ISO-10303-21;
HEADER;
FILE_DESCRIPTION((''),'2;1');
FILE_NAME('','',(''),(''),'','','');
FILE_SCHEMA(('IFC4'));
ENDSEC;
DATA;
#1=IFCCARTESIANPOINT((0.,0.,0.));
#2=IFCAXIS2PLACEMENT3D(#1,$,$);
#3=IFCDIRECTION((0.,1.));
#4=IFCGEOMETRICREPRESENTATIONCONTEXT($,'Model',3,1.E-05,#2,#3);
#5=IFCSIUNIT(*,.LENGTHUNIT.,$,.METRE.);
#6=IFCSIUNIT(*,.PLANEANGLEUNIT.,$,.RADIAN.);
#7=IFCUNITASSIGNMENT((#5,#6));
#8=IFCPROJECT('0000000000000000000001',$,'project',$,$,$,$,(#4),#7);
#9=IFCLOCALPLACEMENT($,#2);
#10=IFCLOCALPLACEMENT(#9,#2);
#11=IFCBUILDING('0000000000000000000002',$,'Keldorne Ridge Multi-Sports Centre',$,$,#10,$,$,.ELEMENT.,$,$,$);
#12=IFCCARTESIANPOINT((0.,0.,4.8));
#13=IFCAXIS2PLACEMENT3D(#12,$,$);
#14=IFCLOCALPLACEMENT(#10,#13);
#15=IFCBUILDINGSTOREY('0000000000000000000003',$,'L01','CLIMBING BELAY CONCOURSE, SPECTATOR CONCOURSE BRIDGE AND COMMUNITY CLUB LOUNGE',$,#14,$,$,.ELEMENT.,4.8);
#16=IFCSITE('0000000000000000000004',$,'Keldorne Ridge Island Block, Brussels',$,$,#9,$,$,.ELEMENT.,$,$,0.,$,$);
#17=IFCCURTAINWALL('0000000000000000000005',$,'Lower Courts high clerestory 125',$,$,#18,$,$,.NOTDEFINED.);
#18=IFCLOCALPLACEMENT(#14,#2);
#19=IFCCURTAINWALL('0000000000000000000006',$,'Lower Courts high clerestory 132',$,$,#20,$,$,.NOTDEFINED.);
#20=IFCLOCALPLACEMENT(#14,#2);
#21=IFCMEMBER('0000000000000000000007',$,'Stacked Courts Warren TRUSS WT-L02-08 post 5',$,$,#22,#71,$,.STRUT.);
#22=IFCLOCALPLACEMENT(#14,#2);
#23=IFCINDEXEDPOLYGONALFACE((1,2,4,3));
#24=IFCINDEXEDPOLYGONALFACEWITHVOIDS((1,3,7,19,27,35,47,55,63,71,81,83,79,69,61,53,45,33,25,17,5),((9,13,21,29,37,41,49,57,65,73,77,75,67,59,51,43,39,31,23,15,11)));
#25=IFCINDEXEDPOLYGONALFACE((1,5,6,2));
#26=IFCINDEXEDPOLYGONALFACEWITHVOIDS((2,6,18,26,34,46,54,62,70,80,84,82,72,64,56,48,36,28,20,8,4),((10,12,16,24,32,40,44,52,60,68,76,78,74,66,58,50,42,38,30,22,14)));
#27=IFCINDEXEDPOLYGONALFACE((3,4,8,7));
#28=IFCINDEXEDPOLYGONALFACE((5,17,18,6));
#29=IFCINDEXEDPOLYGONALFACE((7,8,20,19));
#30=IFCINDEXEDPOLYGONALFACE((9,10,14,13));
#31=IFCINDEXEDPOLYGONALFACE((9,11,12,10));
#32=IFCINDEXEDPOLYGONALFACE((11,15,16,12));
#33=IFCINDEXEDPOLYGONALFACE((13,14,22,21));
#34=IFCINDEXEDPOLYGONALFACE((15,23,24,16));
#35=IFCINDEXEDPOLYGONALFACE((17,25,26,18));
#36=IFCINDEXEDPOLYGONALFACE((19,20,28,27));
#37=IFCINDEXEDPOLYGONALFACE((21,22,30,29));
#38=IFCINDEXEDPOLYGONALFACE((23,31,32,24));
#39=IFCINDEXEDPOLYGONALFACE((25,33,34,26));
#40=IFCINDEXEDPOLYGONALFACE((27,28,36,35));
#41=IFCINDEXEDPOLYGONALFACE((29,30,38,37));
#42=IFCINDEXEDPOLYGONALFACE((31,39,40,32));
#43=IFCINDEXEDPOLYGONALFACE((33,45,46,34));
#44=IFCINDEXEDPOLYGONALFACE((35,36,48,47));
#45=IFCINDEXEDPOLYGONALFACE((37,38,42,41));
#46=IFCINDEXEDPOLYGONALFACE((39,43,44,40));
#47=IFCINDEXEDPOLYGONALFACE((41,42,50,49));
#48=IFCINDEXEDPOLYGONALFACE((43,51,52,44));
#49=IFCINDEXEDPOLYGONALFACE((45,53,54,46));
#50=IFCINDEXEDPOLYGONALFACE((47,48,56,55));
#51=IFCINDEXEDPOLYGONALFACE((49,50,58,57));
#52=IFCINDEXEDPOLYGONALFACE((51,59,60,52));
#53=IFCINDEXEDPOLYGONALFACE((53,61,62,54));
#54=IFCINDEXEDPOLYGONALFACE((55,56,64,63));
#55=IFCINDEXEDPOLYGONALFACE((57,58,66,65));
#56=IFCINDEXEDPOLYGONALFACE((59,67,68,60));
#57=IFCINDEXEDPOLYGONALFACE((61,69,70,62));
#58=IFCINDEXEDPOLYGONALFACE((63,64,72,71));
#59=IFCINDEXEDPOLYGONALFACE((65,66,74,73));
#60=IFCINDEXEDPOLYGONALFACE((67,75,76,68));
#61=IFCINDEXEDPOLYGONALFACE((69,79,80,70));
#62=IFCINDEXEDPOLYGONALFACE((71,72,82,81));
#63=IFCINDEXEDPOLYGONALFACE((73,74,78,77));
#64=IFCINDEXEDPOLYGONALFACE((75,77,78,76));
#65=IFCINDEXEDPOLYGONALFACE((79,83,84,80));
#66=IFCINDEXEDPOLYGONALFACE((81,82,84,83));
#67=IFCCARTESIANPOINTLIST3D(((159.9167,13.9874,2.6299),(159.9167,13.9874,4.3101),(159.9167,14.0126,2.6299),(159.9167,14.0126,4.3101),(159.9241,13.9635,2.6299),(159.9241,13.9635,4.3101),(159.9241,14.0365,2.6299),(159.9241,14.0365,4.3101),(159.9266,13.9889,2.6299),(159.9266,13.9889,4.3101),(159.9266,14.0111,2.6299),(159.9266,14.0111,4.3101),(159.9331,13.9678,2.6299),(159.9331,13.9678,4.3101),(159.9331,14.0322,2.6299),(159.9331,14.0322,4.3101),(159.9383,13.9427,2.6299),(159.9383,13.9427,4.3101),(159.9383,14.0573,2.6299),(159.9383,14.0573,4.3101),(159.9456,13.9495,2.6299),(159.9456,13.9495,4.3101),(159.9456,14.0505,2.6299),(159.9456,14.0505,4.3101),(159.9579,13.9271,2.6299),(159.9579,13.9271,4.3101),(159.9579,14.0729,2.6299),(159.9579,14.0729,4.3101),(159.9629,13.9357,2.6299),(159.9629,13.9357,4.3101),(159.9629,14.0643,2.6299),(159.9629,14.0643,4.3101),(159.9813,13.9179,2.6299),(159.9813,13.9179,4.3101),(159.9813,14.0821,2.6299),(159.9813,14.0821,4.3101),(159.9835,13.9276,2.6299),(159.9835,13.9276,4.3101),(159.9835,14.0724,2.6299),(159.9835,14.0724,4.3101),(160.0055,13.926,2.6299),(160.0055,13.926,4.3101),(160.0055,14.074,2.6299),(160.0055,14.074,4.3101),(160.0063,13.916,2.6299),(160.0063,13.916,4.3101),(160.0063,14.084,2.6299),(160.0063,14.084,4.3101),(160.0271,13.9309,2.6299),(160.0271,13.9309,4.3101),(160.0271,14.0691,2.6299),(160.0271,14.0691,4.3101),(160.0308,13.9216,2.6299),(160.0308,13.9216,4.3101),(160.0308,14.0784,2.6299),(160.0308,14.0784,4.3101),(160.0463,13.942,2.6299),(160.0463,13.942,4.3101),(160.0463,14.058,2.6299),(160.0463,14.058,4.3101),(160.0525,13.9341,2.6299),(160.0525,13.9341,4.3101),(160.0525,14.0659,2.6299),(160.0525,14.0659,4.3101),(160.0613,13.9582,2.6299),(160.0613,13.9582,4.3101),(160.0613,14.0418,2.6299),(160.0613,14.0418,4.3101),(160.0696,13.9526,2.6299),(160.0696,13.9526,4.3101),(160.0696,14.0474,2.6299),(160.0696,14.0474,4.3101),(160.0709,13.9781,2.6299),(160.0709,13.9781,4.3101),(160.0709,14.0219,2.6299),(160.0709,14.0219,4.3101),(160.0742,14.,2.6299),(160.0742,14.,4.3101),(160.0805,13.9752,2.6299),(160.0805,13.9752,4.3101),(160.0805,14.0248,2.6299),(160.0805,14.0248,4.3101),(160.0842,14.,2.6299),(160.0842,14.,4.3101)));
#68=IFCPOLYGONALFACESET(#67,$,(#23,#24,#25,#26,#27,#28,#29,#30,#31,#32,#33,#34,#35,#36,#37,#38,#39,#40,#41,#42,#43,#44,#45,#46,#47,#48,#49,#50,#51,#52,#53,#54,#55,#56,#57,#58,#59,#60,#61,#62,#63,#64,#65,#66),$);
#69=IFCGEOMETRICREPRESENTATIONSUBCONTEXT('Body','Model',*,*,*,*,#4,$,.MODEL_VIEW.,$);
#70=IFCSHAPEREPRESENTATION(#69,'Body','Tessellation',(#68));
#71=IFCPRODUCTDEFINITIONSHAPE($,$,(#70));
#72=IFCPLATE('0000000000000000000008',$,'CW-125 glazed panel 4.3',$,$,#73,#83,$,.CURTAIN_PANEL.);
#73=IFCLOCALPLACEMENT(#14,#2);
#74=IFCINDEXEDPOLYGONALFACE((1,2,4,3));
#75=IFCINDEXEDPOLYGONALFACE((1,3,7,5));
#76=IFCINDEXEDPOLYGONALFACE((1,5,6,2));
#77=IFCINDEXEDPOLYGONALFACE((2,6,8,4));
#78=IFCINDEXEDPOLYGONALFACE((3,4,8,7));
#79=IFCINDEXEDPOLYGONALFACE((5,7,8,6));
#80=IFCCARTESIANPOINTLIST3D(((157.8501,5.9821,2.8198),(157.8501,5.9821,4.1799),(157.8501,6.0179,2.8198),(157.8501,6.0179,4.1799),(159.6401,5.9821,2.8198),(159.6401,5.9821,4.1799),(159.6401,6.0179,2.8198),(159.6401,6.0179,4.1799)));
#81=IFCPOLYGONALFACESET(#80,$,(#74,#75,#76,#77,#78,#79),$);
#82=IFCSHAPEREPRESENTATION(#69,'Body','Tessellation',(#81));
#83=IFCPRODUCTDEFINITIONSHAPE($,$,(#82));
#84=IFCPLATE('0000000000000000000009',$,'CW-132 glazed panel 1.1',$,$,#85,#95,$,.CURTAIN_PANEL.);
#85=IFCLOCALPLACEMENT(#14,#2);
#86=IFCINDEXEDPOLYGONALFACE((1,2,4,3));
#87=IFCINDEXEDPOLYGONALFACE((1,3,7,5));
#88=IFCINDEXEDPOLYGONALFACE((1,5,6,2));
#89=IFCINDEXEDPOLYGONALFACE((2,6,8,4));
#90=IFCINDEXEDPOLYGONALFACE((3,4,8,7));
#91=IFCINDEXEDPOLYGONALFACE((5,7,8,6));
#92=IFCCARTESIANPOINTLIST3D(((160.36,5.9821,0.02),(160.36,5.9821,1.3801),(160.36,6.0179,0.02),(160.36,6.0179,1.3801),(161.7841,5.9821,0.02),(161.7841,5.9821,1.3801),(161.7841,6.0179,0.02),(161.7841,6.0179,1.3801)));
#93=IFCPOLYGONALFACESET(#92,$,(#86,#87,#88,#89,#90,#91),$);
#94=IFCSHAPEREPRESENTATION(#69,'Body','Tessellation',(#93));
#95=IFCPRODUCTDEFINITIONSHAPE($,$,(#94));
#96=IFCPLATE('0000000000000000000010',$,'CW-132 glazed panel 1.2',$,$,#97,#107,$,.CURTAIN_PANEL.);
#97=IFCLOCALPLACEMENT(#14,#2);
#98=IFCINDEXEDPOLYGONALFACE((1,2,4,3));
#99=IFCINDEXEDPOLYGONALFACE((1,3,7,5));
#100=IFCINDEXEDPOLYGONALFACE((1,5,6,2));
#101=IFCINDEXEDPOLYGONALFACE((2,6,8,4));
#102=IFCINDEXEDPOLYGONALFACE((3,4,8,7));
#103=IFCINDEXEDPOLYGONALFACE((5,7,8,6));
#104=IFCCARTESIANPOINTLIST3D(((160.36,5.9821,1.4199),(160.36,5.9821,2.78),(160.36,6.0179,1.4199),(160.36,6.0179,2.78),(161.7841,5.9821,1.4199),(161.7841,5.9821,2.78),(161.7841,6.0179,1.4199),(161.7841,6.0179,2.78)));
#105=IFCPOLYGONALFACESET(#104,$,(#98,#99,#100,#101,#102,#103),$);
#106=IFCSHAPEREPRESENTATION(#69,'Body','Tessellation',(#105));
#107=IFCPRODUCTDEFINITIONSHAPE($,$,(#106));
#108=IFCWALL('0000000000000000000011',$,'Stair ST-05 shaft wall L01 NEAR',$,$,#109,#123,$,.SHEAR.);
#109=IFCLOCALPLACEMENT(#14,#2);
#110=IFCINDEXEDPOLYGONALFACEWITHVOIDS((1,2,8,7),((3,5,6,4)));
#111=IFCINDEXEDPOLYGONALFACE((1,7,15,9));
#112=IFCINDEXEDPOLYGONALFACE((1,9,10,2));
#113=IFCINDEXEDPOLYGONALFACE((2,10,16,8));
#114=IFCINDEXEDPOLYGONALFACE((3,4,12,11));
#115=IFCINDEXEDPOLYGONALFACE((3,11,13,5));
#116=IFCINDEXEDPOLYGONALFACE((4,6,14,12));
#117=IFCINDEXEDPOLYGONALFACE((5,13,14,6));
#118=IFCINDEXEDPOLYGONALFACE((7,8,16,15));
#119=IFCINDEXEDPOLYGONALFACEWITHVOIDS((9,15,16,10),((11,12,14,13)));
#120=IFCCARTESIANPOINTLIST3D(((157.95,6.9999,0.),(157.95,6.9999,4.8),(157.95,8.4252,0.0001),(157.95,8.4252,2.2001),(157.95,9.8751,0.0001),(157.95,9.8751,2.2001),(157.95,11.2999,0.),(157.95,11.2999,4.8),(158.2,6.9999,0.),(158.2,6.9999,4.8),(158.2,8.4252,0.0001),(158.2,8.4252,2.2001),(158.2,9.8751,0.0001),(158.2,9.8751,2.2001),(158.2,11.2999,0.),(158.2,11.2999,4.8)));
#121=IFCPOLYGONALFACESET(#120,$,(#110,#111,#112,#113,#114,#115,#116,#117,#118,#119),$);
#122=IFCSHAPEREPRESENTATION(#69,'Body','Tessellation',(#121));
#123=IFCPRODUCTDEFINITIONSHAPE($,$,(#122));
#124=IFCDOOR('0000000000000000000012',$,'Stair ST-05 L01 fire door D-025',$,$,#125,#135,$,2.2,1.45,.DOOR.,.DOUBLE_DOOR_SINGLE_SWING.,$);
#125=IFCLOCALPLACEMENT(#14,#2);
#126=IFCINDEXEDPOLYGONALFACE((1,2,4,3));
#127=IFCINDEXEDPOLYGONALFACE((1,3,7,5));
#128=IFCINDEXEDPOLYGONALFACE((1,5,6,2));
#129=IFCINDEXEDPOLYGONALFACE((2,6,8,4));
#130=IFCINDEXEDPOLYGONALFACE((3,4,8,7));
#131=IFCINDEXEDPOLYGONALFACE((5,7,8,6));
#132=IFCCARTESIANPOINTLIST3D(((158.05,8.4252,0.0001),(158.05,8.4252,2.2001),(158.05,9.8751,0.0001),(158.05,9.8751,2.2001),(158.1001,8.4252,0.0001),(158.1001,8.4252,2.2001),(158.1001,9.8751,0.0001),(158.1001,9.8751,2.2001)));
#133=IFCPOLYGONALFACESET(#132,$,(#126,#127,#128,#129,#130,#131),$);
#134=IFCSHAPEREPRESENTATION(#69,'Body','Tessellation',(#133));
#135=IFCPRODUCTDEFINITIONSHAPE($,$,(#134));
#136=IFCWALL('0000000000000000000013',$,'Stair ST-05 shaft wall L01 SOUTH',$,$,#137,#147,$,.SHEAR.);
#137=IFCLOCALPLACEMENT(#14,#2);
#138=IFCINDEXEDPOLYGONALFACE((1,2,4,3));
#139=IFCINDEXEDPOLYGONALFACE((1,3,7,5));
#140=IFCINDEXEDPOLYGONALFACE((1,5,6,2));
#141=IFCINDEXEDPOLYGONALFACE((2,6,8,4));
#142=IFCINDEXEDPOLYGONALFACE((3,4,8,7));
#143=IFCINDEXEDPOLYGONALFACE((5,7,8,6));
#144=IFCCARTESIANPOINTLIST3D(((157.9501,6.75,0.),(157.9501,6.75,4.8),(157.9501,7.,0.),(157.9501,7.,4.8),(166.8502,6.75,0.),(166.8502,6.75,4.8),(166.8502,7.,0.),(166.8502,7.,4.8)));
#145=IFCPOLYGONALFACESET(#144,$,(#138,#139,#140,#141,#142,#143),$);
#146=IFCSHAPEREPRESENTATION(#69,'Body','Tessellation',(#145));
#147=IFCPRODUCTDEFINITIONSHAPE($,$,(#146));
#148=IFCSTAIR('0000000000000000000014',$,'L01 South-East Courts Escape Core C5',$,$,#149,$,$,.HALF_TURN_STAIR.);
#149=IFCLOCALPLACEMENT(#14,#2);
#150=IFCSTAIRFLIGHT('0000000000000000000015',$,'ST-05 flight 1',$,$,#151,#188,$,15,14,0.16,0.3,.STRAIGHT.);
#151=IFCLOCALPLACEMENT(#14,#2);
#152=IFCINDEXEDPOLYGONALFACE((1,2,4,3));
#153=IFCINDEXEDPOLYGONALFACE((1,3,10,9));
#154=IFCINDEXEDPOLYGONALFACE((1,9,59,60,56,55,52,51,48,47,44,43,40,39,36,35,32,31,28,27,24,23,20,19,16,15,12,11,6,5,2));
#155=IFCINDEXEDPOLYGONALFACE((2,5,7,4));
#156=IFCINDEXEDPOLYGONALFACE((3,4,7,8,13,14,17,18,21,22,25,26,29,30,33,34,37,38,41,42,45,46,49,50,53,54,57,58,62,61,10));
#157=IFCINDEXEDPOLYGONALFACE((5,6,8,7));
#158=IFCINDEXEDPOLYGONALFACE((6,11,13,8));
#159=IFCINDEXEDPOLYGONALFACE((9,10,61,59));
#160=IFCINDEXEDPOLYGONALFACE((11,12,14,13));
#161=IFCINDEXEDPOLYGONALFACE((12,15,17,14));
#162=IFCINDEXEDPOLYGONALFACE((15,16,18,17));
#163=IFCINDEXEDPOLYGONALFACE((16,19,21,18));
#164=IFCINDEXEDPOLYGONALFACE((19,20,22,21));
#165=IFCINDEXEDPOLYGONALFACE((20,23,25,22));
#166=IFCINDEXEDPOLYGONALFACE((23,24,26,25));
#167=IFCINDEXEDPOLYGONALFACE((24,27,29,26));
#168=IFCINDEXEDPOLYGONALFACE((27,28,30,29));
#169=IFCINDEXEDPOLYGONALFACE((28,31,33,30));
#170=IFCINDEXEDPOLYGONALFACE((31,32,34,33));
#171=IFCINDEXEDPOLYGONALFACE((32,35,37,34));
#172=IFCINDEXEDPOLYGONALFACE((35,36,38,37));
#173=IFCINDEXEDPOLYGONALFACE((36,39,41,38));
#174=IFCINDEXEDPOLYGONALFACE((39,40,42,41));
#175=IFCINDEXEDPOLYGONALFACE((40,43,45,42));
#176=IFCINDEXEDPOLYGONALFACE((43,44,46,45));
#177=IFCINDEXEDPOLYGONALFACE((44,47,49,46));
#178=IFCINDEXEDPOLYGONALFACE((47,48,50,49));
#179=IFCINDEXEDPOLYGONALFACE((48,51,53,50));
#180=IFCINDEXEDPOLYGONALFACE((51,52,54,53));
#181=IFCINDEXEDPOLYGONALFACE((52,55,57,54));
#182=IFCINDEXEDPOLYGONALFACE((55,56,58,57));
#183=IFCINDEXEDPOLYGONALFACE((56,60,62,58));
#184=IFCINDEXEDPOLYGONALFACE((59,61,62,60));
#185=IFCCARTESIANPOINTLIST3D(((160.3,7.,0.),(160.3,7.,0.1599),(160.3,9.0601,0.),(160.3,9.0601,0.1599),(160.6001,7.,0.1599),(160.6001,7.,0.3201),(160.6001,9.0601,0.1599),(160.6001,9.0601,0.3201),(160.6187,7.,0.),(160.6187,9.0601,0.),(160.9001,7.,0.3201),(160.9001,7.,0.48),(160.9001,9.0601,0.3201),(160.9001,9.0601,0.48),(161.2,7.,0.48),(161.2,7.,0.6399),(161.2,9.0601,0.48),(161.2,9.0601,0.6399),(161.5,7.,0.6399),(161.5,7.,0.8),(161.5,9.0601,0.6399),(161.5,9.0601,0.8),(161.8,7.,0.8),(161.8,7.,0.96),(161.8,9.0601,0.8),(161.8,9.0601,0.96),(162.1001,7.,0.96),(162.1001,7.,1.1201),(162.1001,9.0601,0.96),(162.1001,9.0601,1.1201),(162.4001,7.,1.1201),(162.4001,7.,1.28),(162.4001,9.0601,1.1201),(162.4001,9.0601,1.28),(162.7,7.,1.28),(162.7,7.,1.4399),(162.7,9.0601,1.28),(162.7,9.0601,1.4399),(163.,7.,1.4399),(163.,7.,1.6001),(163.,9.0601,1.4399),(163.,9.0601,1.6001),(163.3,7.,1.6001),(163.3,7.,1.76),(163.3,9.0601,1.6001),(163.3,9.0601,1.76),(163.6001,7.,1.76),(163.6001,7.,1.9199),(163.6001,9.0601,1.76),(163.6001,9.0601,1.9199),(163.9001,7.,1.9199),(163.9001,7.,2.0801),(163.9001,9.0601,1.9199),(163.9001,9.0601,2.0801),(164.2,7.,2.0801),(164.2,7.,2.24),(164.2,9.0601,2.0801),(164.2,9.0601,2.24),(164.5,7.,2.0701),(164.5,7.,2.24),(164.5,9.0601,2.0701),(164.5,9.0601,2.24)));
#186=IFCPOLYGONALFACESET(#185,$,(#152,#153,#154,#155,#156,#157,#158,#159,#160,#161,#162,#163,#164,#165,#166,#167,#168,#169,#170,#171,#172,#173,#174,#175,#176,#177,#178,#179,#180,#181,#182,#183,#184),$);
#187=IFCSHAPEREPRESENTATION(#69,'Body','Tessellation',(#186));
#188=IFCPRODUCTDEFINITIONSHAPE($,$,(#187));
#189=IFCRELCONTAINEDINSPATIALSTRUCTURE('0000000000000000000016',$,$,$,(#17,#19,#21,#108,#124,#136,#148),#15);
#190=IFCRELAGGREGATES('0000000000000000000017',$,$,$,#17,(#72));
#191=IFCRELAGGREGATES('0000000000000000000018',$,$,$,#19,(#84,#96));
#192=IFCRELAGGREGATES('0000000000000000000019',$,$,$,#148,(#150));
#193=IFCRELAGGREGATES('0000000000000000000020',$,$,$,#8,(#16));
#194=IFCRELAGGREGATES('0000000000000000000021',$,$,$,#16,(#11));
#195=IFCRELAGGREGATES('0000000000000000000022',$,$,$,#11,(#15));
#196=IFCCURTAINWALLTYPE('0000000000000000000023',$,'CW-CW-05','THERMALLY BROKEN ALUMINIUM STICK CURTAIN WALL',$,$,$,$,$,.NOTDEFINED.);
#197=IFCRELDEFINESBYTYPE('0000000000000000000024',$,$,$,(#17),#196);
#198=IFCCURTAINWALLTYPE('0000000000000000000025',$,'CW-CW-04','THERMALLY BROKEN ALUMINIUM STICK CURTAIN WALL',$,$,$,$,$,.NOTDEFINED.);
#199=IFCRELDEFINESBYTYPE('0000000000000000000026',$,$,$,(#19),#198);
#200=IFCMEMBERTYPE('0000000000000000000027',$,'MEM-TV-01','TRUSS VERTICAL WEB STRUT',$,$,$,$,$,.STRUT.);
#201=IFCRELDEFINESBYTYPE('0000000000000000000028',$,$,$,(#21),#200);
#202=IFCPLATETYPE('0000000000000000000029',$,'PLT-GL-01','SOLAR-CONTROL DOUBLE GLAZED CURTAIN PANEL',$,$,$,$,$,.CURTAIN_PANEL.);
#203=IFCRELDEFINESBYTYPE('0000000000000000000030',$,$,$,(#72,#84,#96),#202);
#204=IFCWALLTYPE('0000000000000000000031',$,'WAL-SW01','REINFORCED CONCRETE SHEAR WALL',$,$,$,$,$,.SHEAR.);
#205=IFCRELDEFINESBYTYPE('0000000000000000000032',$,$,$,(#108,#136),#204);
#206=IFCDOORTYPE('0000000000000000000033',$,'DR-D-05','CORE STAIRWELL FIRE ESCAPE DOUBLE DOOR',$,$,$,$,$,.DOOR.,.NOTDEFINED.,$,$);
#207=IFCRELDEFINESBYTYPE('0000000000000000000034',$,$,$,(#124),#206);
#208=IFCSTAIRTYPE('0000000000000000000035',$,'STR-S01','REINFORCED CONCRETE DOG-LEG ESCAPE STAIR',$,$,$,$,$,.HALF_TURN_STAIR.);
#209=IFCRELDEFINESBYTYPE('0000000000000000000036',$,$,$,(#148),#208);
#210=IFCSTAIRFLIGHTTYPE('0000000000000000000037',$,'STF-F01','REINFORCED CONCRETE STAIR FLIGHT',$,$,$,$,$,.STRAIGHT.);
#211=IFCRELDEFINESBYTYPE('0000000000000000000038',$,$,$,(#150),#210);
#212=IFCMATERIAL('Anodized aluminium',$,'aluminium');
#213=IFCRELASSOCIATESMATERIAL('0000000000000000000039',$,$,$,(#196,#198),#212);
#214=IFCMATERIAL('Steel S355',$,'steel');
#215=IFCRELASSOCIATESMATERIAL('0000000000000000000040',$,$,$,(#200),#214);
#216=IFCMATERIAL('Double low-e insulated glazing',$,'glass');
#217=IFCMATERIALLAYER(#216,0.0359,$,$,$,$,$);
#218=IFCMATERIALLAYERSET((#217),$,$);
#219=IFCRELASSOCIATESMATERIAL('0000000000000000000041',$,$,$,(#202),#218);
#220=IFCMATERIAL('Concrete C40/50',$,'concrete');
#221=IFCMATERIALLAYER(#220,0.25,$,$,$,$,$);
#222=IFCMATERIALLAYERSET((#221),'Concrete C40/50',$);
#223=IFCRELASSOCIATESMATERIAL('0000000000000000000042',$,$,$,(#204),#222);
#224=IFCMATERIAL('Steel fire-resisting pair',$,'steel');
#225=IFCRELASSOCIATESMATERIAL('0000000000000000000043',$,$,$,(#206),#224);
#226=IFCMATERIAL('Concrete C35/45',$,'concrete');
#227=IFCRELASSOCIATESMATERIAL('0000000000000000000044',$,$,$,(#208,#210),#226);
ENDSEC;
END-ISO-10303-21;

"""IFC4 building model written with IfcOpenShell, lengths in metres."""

from ifc_helpers import new_model, si_unit, direction, frame, frame_2d, origin, origin_2d, place, context, subcontext, project, spatial, polyline, rectangle, hollow_circle, outline, extrude, material, layer, layer_set, material_profile, profile_set, type_object, element, fill, aggregate, save


model = new_model("IFC4")

# Units and contexts
model_context = context("Model", 3, precision=1e-05, world=origin(), true_north=direction((0.0, 1.0)))
body_context = subcontext(model_context, "Body", "Model", "MODEL_VIEW")
ifc_project = project(units=[si_unit("LENGTHUNIT", "METRE"), si_unit("PLANEANGLEUNIT", "RADIAN")], contexts=[model_context])

# Site, building, storey
site_placement = place(None, origin())
site = spatial("IfcSite", under=ifc_project, at=site_placement, Name="Keldorne Ridge Island Block, Brussels", CompositionType="ELEMENT", RefElevation=0.0)
building_placement = place(site_placement, origin())
building = spatial("IfcBuilding", under=site, at=building_placement, Name="Keldorne Ridge Multi-Sports Centre", CompositionType="ELEMENT")
storey_placement = place(building_placement, frame((0.0, 0.0, 4.8)))
storey = spatial("IfcBuildingStorey", under=building, at=storey_placement, Name="L01", Description="CLIMBING BELAY CONCOURSE, SPECTATOR CONCOURSE BRIDGE AND COMMUNITY CLUB LOUNGE", CompositionType="ELEMENT", Elevation=4.8)

# Shared definitions
ifc_material_1 = material(Name="Steel S355", Category="steel")

# Curtain walls
ifc_material_2 = material(Name="Anodized aluminium", Category="aluminium")
curtain_wall_type_1 = type_object("IfcCurtainWallType", Name="CW-CW-05", Description="THERMALLY BROKEN ALUMINIUM STICK CURTAIN WALL", PredefinedType="NOTDEFINED", material=ifc_material_2)
curtain_wall_1_placement = place(storey_placement, origin())
curtain_wall_1 = element("IfcCurtainWall", 1, at=curtain_wall_1_placement, inside=storey, type_object=curtain_wall_type_1, Name="Lower Courts high clerestory 125", PredefinedType="NOTDEFINED")
curtain_wall_type_2 = type_object("IfcCurtainWallType", Name="CW-CW-04", Description="THERMALLY BROKEN ALUMINIUM STICK CURTAIN WALL", PredefinedType="NOTDEFINED", material=ifc_material_2)
curtain_wall_2_placement = place(storey_placement, origin())
curtain_wall_2 = element("IfcCurtainWall", 2, at=curtain_wall_2_placement, inside=storey, type_object=curtain_wall_type_2, Name="Lower Courts high clerestory 132", PredefinedType="NOTDEFINED")

# Member
ifc_material_profile_1 = material_profile(ifc_material_1, hollow_circle(Radius=0.0842, WallThickness=0.01, at=origin_2d()), Name="CHS 168.3x10")
ifc_profile_set_1 = profile_set([ifc_material_profile_1], Name="Steel S355")
member_type_1 = type_object("IfcMemberType", Name="MEM-TV-01", Description="TRUSS VERTICAL WEB STRUT", PredefinedType="STRUT", material=ifc_profile_set_1)
for number, where, z_axis, x_axis, name in (
    (3, (160.0, 14.0, 2.6299), (0.0, 0.0, 1.0), (1.0, 0.0, 0.0), "Stacked Courts Warren TRUSS WT-L02-08 post 5"),
):
    element("IfcMember", number, at=place(storey_placement, frame(where, z_axis=z_axis, x_axis=x_axis)), inside=storey, type_object=member_type_1, Name=name, PredefinedType="STRUT", context=body_context, shape_type="SweptSolid", body=[
        extrude(hollow_circle(Radius=0.0842, WallThickness=0.01, at=origin_2d()), origin(), (0.0, 0.0, 1.0), 1.6802),
    ])

# Plates
ifc_material_3 = material(Name="Double low-e insulated glazing", Category="glass")
ifc_layer_1 = layer(ifc_material_3, 0.0359)
ifc_layer_set_1 = layer_set([ifc_layer_1])
plate_type = type_object("IfcPlateType", Name="PLT-GL-01", Description="SOLAR-CONTROL DOUBLE GLAZED CURTAIN PANEL", PredefinedType="CURTAIN_PANEL", material=ifc_layer_set_1)
plate_1_placement = place(storey_placement, frame((158.7451, 6.0, 2.8198), z_axis=(0.0, 0.0, 1.0), x_axis=(1.0, 0.0, 0.0)))
plate_1 = element("IfcPlate", 4, at=plate_1_placement, type_object=plate_type, Name="CW-125 glazed panel 4.3", PredefinedType="CURTAIN_PANEL", context=body_context, shape_type="SweptSolid", body=[
    extrude(rectangle(XDim=1.79, YDim=0.0359, at=origin_2d()), origin(), (0.0, 0.0, 1.0), 1.3601),
])
aggregate(curtain_wall_1, [plate_1])
plate_2_placement = place(storey_placement, frame((161.072, 6.0, 0.02), z_axis=(0.0, 0.0, 1.0), x_axis=(1.0, 0.0, 0.0)))
plate_2 = element("IfcPlate", 5, at=plate_2_placement, type_object=plate_type, Name="CW-132 glazed panel 1.1", PredefinedType="CURTAIN_PANEL", context=body_context, shape_type="SweptSolid", body=[
    extrude(rectangle(XDim=1.4241, YDim=0.0359, at=origin_2d()), origin(), (0.0, 0.0, 1.0), 1.3601),
])
plate_3_placement = place(storey_placement, frame((161.072, 6.0, 1.4199), z_axis=(0.0, 0.0, 1.0), x_axis=(1.0, 0.0, 0.0)))
plate_3 = element("IfcPlate", 6, at=plate_3_placement, type_object=plate_type, Name="CW-132 glazed panel 1.2", PredefinedType="CURTAIN_PANEL", context=body_context, shape_type="SweptSolid", body=[
    extrude(rectangle(XDim=1.4241, YDim=0.0359, at=origin_2d()), origin(), (0.0, 0.0, 1.0), 1.3601),
])
aggregate(curtain_wall_2, [plate_2, plate_3])

# Wall, opening, door
ifc_material_4 = material(Name="Concrete C40/50", Category="concrete")
ifc_layer_2 = layer(ifc_material_4, 0.25)
ifc_layer_set_2 = layer_set([ifc_layer_2], Name="Concrete C40/50")
wall_type = type_object("IfcWallType", Name="WAL-SW01", Description="REINFORCED CONCRETE SHEAR WALL", PredefinedType="SHEAR", material=ifc_layer_set_2)
wall_1_placement = place(storey_placement, frame((158.075, 7.0, 0.0), z_axis=(0.0, 0.0, 1.0), x_axis=(0.0, 1.0, 0.0)))
wall_1 = element("IfcWall", 7, at=wall_1_placement, inside=storey, type_object=wall_type, Name="Stair ST-05 shaft wall L01 NEAR", PredefinedType="SHEAR", context=body_context, shape_type="SweptSolid", body=[
    extrude(rectangle(XDim=4.3, YDim=0.25, at=frame_2d((2.1499, 0.0))), origin(), (0.0, 0.0, 1.0), 4.8),
])
opening_placement = place(wall_1_placement, frame((1.425, 0.0, 0.0)))
opening = element("IfcOpeningElement", 8, at=opening_placement, cuts=wall_1, PredefinedType="OPENING", context=body_context, shape_type="SweptSolid", body=[
    extrude(rectangle(XDim=1.45, YDim=2.2, at=frame_2d((0.7251, 1.1001))), frame((0.0, 0.135, 0.0), z_axis=(0.0, -1.0, 0.0), x_axis=(1.0, 0.0, 0.0)), (0.0, 0.0, 1.0), 0.27),
])
ifc_material_5 = material(Name="Steel fire-resisting pair", Category="steel")
door_type = type_object("IfcDoorType", Name="DR-D-05", Description="CORE STAIRWELL FIRE ESCAPE DOUBLE DOOR", OperationType="NOTDEFINED", PredefinedType="DOOR", material=ifc_material_5)
door_placement = place(opening_placement, origin())
door = element("IfcDoor", 9, at=door_placement, inside=storey, type_object=door_type, Name="Stair ST-05 L01 fire door D-025", OperationType="DOUBLE_DOOR_SINGLE_SWING", OverallHeight=2.2, OverallWidth=1.45, PredefinedType="DOOR", context=body_context, shape_type="SweptSolid", body=[
    extrude(rectangle(XDim=1.45, YDim=2.2, at=frame_2d((0.7251, 1.1001))), frame((0.0, 0.0249, 0.0), z_axis=(0.0, -1.0, 0.0), x_axis=(1.0, 0.0, 0.0)), (0.0, 0.0, 1.0), 0.05),
])
fill(opening, door)

# Wall
wall_2_placement = place(storey_placement, frame((157.95, 6.875, 0.0), z_axis=(0.0, 0.0, 1.0), x_axis=(1.0, 0.0, 0.0)))
element("IfcWall", 10, at=wall_2_placement, inside=storey, type_object=wall_type, Name="Stair ST-05 shaft wall L01 SOUTH", PredefinedType="SHEAR", context=body_context, shape_type="SweptSolid", body=[
    extrude(rectangle(XDim=8.9001, YDim=0.25, at=frame_2d((4.4502, 0.0))), origin(), (0.0, 0.0, 1.0), 4.8),
])

# Stair, stair flight
ifc_material_6 = material(Name="Concrete C35/45", Category="concrete")
stair_type = type_object("IfcStairType", Name="STR-S01", Description="REINFORCED CONCRETE DOG-LEG ESCAPE STAIR", PredefinedType="HALF_TURN_STAIR", material=ifc_material_6)
stair_placement = place(storey_placement, origin())
stair = element("IfcStair", 11, at=stair_placement, inside=storey, type_object=stair_type, Name="L01 South-East Courts Escape Core C5", PredefinedType="HALF_TURN_STAIR")
stair_flight_type = type_object("IfcStairFlightType", Name="STF-F01", Description="REINFORCED CONCRETE STAIR FLIGHT", PredefinedType="STRAIGHT", material=ifc_material_6)
stair_flight_placement = place(storey_placement, frame((160.3, 8.03, 0.0), z_axis=(0.0, 0.0, 1.0), x_axis=(1.0, 0.0, 0.0)))
stair_flight = element("IfcStairFlight", 12, at=stair_flight_placement, type_object=stair_flight_type, Name="ST-05 flight 1", NumberOfRisers=15, NumberOfTreads=14, PredefinedType="STRAIGHT", RiserHeight=0.16, TreadLength=0.3, context=body_context, shape_type="SweptSolid", body=[
    extrude(outline(polyline([(0.0, 0.0), (0.0, 0.1599), (0.3, 0.1599), (0.3, 0.3201), (0.6001, 0.3201), (0.6001, 0.48), (0.8999, 0.48), (0.8999, 0.6399), (1.2, 0.6399), (1.2, 0.8), (1.5, 0.8), (1.5, 0.96), (1.8, 0.96), (1.8, 1.1201), (2.1001, 1.1201), (2.1001, 1.28), (2.3999, 1.28), (2.3999, 1.4399), (2.7, 1.4399), (2.7, 1.6001), (3.0, 1.6001), (3.0, 1.76), (3.3, 1.76), (3.3, 1.9199), (3.6001, 1.9199), (3.6001, 2.0801), (3.8999, 2.0801), (3.8999, 2.24), (4.2, 2.24), (4.2, 2.3999), (4.2, 2.0701), (0.3186, 0.0), (0.0, 0.0)])), frame((0.0, 1.03, 0.0), z_axis=(0.0, -1.0, 0.0), x_axis=(1.0, 0.0, 0.0)), (0.0, 0.0, 1.0), 2.0601),
])
aggregate(stair, [stair_flight])

save(model, "model.ifc")
